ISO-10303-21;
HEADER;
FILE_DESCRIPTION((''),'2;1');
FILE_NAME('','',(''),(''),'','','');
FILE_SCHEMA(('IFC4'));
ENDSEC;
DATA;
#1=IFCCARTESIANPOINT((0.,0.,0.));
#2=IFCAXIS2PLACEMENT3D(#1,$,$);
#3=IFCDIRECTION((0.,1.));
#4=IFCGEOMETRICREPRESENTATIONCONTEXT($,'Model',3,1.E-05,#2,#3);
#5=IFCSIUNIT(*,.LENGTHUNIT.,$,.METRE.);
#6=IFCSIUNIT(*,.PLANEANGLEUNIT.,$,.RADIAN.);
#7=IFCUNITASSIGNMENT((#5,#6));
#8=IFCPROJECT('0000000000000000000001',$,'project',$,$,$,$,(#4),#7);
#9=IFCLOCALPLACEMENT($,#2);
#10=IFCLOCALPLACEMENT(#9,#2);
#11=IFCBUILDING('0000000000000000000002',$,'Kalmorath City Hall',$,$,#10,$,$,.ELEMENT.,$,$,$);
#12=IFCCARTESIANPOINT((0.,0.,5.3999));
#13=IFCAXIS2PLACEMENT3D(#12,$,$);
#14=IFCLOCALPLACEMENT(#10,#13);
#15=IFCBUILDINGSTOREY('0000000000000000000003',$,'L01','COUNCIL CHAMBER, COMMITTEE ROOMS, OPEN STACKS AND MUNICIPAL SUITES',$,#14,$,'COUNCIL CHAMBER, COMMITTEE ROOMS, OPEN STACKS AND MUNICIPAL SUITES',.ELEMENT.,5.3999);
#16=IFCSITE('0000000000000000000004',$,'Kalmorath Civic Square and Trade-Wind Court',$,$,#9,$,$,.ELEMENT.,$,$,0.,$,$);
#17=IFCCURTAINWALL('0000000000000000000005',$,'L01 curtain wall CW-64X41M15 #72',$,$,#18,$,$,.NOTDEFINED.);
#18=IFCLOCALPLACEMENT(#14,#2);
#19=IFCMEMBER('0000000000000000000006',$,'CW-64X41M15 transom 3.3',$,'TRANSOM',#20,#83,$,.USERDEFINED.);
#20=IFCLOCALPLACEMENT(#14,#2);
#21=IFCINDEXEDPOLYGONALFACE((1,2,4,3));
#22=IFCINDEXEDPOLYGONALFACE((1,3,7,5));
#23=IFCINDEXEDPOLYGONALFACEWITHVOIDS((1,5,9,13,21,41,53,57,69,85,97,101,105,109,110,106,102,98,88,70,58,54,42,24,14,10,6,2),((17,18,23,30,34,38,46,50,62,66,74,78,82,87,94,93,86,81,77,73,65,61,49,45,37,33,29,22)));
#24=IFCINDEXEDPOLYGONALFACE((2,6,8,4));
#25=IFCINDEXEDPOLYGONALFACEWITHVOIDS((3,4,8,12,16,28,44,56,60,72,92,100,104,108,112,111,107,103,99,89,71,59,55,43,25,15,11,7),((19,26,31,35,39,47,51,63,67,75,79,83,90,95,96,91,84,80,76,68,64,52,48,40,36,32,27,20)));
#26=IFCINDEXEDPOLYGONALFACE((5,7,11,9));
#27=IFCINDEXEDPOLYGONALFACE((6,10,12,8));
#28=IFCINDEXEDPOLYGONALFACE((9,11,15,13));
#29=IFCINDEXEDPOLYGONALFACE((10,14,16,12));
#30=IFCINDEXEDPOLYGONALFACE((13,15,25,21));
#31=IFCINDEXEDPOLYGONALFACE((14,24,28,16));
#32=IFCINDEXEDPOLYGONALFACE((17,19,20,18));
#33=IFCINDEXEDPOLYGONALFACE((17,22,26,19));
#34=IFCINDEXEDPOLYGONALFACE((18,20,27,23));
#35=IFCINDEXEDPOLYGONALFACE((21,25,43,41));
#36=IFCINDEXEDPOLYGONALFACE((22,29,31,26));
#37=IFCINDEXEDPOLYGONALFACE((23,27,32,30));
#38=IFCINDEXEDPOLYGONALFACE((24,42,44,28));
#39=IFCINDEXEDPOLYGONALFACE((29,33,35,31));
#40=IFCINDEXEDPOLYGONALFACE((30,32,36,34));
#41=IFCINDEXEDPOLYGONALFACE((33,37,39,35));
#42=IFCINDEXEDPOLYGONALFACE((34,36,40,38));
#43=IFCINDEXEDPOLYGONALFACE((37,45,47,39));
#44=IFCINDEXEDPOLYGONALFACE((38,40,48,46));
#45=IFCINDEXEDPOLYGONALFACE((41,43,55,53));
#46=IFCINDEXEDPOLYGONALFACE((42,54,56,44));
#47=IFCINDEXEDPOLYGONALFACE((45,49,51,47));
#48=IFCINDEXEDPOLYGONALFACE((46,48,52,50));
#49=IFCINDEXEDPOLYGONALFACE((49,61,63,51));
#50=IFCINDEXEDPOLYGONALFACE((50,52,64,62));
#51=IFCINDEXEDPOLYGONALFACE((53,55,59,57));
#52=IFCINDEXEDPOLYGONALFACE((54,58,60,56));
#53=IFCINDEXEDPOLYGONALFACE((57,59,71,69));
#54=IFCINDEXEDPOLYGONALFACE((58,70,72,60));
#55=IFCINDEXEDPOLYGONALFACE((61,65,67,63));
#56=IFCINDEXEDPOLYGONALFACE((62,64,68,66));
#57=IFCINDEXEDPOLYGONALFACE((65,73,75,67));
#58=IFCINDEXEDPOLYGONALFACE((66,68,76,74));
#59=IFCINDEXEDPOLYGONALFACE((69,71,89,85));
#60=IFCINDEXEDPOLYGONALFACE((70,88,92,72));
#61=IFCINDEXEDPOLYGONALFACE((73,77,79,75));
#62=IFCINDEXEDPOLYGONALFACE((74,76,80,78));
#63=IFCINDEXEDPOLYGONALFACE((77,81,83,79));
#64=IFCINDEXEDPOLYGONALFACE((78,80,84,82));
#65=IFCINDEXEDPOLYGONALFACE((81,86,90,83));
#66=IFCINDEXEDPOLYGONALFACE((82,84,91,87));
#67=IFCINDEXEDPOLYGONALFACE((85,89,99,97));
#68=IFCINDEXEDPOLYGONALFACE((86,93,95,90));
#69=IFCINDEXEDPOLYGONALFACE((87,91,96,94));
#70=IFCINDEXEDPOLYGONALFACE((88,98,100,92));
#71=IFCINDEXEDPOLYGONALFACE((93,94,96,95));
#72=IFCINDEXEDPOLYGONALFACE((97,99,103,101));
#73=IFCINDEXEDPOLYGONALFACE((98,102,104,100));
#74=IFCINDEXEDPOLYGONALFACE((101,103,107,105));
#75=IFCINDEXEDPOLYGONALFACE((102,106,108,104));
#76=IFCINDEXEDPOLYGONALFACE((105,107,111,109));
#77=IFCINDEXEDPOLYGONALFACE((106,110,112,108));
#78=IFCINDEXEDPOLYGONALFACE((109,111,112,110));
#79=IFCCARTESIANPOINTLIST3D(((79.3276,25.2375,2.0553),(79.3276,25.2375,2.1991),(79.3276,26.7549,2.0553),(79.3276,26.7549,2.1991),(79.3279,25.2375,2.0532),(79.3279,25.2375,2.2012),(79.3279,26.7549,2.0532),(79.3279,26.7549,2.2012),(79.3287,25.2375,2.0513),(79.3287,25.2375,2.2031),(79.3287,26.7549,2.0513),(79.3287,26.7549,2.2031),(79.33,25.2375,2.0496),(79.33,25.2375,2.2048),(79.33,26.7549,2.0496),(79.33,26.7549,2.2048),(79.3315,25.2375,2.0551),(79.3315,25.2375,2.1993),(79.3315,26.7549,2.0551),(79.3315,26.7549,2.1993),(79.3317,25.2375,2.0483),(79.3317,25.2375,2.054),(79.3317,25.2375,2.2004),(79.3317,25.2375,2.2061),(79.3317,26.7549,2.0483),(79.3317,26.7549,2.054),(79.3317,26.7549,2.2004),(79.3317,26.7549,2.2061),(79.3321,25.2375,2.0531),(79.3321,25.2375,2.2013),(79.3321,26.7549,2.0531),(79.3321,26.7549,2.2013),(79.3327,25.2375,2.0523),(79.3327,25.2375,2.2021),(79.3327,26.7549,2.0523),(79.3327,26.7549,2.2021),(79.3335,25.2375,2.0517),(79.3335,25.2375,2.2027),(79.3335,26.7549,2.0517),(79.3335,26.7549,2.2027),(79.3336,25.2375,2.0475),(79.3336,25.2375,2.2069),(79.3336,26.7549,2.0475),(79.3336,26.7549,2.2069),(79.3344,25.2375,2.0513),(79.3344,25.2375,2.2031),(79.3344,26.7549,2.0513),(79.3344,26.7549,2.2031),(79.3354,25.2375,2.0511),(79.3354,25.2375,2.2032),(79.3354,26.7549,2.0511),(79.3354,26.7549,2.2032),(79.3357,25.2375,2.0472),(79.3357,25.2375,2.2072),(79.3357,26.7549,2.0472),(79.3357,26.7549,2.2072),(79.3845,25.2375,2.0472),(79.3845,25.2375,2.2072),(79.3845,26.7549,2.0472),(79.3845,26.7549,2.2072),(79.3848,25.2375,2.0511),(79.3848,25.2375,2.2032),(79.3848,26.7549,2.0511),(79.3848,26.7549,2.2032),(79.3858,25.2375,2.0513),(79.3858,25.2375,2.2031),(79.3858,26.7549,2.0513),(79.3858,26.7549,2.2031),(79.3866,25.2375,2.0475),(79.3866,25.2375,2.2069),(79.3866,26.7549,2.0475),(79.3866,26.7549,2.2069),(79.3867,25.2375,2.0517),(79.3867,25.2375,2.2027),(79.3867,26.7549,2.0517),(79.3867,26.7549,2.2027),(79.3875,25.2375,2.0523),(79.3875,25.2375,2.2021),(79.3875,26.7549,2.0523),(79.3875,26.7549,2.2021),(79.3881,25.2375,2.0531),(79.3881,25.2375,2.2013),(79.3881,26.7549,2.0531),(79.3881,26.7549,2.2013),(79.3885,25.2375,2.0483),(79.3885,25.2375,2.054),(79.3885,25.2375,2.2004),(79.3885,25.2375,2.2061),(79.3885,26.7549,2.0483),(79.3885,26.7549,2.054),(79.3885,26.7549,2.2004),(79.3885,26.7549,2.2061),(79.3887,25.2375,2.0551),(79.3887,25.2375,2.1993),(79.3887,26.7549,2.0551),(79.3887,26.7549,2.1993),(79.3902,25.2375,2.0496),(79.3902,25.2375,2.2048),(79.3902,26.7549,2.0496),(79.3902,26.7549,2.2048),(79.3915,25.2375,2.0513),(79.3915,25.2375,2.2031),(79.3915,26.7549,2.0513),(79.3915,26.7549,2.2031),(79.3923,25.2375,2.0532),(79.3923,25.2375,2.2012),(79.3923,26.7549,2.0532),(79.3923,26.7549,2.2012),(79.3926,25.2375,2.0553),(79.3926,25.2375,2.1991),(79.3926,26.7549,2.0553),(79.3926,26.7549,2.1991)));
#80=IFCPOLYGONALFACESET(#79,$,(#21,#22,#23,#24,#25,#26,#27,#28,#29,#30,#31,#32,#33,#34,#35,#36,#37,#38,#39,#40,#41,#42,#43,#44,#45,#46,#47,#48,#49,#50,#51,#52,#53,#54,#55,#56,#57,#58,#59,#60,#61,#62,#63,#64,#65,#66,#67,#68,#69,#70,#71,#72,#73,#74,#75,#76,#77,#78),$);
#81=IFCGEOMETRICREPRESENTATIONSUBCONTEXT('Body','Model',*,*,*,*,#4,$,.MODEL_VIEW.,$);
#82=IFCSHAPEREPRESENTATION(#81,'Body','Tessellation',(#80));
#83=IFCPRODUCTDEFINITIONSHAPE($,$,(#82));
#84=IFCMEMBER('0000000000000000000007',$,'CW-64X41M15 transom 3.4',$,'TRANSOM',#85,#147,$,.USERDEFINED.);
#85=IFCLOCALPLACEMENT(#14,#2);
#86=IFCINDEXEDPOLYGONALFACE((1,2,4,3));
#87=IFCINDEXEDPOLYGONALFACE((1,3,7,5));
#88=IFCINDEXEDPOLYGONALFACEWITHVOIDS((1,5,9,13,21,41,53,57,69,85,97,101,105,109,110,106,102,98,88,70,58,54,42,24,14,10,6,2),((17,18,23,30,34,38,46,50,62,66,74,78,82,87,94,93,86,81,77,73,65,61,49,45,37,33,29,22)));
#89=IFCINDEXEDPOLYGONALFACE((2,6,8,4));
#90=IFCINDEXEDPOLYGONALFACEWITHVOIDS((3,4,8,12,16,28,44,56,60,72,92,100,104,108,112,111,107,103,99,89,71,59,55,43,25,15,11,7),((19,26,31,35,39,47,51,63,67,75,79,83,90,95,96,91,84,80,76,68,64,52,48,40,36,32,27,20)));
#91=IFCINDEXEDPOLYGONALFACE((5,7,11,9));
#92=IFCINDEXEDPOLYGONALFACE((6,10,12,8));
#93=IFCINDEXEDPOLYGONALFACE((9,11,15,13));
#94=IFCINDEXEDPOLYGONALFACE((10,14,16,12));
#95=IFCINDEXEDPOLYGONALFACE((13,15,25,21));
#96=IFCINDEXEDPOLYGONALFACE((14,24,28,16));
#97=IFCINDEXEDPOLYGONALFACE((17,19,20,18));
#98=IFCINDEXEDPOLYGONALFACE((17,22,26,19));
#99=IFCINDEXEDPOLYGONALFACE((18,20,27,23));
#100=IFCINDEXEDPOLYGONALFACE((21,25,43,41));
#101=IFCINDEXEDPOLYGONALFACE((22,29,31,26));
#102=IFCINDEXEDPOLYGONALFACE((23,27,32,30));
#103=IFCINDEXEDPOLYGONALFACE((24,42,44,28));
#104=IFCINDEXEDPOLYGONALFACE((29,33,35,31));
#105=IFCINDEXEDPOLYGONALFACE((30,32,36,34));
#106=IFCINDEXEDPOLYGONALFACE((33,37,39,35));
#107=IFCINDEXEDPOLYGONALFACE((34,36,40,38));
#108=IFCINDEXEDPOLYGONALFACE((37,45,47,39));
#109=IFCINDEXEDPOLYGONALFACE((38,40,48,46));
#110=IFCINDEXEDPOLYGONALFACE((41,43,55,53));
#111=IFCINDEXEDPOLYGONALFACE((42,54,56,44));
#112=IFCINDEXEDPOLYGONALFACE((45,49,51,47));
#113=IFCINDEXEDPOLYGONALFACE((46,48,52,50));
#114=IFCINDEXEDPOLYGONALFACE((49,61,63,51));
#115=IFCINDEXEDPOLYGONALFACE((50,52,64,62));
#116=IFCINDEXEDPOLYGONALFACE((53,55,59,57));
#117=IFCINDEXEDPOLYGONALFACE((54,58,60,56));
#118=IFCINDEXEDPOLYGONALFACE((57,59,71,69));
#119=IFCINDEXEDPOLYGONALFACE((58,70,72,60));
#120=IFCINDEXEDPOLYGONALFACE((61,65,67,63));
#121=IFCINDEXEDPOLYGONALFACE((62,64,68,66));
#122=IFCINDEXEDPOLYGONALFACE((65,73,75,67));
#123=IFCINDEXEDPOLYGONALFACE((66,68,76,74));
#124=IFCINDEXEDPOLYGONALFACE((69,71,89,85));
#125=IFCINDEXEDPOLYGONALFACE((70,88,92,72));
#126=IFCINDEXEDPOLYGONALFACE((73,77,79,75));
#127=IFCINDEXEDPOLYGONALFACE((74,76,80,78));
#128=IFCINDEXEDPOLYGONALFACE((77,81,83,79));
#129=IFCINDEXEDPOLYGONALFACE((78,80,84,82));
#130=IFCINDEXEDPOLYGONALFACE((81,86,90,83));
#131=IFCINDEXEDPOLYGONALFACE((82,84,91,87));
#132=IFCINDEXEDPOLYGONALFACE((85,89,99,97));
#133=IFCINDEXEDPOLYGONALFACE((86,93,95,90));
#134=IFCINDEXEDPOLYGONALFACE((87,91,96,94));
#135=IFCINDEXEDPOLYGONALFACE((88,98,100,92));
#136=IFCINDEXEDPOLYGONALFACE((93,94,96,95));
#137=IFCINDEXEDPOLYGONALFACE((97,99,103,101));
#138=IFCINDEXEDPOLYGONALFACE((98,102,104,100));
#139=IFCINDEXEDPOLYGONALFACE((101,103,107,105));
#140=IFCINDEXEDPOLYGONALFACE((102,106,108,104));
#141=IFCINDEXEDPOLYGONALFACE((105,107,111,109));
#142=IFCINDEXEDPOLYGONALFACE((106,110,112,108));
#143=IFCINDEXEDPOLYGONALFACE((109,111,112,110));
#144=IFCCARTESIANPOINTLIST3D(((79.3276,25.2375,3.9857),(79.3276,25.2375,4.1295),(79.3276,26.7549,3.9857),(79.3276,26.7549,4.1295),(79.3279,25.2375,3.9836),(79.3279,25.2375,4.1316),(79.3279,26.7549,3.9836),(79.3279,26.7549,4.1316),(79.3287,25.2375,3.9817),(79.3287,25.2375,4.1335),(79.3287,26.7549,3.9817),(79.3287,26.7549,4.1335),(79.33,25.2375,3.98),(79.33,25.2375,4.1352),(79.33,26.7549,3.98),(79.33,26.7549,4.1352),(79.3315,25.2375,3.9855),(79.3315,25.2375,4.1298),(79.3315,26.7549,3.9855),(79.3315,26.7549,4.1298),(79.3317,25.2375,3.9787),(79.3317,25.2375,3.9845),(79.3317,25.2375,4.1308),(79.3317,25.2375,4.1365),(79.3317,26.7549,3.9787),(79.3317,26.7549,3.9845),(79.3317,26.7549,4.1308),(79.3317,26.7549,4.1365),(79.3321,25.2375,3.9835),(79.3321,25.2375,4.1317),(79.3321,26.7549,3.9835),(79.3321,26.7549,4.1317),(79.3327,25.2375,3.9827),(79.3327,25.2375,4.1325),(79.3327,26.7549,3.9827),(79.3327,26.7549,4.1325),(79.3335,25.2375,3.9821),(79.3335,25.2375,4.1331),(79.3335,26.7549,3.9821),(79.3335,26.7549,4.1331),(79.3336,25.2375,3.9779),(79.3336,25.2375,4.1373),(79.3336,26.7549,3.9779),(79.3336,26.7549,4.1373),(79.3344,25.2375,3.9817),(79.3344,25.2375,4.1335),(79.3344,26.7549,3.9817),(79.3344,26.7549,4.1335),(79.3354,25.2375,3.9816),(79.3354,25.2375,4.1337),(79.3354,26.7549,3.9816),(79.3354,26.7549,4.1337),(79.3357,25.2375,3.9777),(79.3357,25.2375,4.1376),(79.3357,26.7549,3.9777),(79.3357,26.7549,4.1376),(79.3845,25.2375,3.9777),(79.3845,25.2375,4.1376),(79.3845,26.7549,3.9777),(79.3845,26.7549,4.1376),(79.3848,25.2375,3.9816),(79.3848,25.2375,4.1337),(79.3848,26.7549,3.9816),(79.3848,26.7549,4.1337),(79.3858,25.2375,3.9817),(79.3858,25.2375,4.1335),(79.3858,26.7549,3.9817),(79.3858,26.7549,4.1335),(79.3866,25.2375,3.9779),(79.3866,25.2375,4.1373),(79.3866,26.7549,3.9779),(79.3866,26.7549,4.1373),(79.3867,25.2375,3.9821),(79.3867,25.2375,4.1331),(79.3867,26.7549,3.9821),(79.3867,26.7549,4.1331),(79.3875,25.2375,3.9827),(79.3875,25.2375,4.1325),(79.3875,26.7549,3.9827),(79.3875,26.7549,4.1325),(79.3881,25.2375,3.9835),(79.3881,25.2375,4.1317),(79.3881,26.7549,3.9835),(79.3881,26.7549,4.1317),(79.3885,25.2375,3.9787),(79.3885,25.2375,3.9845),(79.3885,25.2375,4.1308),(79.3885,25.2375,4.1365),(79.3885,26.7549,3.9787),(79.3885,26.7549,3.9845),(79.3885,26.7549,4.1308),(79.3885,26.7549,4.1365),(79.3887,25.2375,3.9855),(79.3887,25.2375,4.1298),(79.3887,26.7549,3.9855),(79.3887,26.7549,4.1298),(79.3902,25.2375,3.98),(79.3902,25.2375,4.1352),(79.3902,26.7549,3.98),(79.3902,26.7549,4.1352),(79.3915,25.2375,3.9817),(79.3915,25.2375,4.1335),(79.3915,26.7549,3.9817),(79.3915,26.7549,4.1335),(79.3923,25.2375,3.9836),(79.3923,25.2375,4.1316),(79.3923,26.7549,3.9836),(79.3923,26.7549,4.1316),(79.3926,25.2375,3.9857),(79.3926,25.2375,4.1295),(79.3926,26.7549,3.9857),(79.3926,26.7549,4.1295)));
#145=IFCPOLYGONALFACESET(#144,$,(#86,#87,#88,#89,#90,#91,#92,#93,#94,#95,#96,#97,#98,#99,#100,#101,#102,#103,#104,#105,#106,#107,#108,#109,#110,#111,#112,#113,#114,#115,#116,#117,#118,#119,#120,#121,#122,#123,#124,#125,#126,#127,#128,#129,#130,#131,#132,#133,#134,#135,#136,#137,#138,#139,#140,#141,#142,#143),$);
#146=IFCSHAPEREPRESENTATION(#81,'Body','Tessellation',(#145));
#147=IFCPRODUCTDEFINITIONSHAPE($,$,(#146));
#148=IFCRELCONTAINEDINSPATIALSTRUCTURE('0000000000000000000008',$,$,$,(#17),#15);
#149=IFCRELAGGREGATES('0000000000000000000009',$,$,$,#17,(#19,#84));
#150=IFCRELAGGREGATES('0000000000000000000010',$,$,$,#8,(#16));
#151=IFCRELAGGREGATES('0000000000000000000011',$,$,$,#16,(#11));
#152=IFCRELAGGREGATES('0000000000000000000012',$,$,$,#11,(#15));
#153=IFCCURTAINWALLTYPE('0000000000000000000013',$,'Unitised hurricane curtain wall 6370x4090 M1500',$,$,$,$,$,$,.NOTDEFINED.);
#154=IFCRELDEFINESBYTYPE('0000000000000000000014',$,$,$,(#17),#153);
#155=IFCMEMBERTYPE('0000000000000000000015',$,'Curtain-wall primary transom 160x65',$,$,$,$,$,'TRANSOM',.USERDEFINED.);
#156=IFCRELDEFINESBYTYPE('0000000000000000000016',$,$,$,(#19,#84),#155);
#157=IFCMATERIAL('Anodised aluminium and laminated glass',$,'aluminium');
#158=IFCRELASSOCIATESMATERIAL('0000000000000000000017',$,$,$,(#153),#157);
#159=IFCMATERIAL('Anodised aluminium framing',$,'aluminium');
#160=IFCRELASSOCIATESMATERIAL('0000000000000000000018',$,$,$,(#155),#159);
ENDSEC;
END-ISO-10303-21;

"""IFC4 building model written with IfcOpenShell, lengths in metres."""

from ifc_helpers import new_model, si_unit, direction, frame, origin, origin_2d, place, context, subcontext, project, spatial, hollow_rectangle, extrude, material, material_profile, profile_set, type_object, element, aggregate, save


model = new_model("IFC4")

# Units and contexts
model_context = context("Model", 3, precision=1e-05, world=origin(), true_north=direction((0.0, 1.0)))
body_context = subcontext(model_context, "Body", "Model", "MODEL_VIEW")
ifc_project = project(units=[si_unit("LENGTHUNIT", "METRE"), si_unit("PLANEANGLEUNIT", "RADIAN")], contexts=[model_context])

# Site, building, storey
site_placement = place(None, origin())
site = spatial("IfcSite", under=ifc_project, at=site_placement, Name="Kalmorath Civic Square and Trade-Wind Court", CompositionType="ELEMENT", RefElevation=0.0)
building_placement = place(site_placement, origin())
building = spatial("IfcBuilding", under=site, at=building_placement, Name="Kalmorath City Hall", CompositionType="ELEMENT")
storey_placement = place(building_placement, frame((0.0, 0.0, 5.3999)))
storey = spatial("IfcBuildingStorey", under=building, at=storey_placement, Name="L01", Description="COUNCIL CHAMBER, COMMITTEE ROOMS, OPEN STACKS AND MUNICIPAL SUITES", LongName="COUNCIL CHAMBER, COMMITTEE ROOMS, OPEN STACKS AND MUNICIPAL SUITES", CompositionType="ELEMENT", Elevation=5.3999)

# Curtain wall
ifc_material_1 = material(Name="Anodised aluminium and laminated glass", Category="aluminium")
curtain_wall_type_1 = type_object("IfcCurtainWallType", Name="Unitised hurricane curtain wall 6370x4090 M1500", PredefinedType="NOTDEFINED", material=ifc_material_1)
curtain_wall_1_placement = place(storey_placement, origin())
curtain_wall_1 = element("IfcCurtainWall", 1, at=curtain_wall_1_placement, inside=storey, type_object=curtain_wall_type_1, Name="L01 curtain wall CW-64X41M15 #72", PredefinedType="NOTDEFINED")

# Members
ifc_material_2 = material(Name="Anodised aluminium framing", Category="aluminium")
ifc_material_profile_1 = material_profile(ifc_material_2, hollow_rectangle(XDim=0.0649, YDim=0.1599, WallThickness=0.0039, InnerFilletRadius=0.0039, OuterFilletRadius=0.0081, at=origin_2d()), Name="ALU-TRN-160X65X4")
ifc_profile_set_1 = profile_set([ifc_material_profile_1], Name="Anodised aluminium framing")
member_type_1 = type_object("IfcMemberType", Name="Curtain-wall primary transom 160x65", ElementType="TRANSOM", PredefinedType="USERDEFINED", material=ifc_profile_set_1)
member_1_placement = place(storey_placement, frame((79.3601, 25.2375, 2.1272), z_axis=(0.0, 1.0, 0.0), x_axis=(-1.0, 0.0, 0.0)))
member_1 = element("IfcMember", 2, at=member_1_placement, type_object=member_type_1, Name="CW-64X41M15 transom 3.3", ObjectType="TRANSOM", PredefinedType="USERDEFINED", context=body_context, shape_type="SweptSolid", body=[
    extrude(hollow_rectangle(XDim=0.0649, YDim=0.1599, WallThickness=0.0039, InnerFilletRadius=0.0039, OuterFilletRadius=0.0081, at=origin_2d()), origin(), (0.0, 0.0, 1.0), 1.5173),
])
member_2_placement = place(storey_placement, frame((79.3601, 25.2375, 4.0576), z_axis=(0.0, 1.0, 0.0), x_axis=(-1.0, 0.0, 0.0)))
member_2 = element("IfcMember", 3, at=member_2_placement, type_object=member_type_1, Name="CW-64X41M15 transom 3.4", ObjectType="TRANSOM", PredefinedType="USERDEFINED", context=body_context, shape_type="SweptSolid", body=[
    extrude(hollow_rectangle(XDim=0.0649, YDim=0.1599, WallThickness=0.0039, InnerFilletRadius=0.0039, OuterFilletRadius=0.0081, at=origin_2d()), origin(), (0.0, 0.0, 1.0), 1.5173),
])

aggregate(curtain_wall_1, [member_1, member_2])

save(model, "model.ifc")
